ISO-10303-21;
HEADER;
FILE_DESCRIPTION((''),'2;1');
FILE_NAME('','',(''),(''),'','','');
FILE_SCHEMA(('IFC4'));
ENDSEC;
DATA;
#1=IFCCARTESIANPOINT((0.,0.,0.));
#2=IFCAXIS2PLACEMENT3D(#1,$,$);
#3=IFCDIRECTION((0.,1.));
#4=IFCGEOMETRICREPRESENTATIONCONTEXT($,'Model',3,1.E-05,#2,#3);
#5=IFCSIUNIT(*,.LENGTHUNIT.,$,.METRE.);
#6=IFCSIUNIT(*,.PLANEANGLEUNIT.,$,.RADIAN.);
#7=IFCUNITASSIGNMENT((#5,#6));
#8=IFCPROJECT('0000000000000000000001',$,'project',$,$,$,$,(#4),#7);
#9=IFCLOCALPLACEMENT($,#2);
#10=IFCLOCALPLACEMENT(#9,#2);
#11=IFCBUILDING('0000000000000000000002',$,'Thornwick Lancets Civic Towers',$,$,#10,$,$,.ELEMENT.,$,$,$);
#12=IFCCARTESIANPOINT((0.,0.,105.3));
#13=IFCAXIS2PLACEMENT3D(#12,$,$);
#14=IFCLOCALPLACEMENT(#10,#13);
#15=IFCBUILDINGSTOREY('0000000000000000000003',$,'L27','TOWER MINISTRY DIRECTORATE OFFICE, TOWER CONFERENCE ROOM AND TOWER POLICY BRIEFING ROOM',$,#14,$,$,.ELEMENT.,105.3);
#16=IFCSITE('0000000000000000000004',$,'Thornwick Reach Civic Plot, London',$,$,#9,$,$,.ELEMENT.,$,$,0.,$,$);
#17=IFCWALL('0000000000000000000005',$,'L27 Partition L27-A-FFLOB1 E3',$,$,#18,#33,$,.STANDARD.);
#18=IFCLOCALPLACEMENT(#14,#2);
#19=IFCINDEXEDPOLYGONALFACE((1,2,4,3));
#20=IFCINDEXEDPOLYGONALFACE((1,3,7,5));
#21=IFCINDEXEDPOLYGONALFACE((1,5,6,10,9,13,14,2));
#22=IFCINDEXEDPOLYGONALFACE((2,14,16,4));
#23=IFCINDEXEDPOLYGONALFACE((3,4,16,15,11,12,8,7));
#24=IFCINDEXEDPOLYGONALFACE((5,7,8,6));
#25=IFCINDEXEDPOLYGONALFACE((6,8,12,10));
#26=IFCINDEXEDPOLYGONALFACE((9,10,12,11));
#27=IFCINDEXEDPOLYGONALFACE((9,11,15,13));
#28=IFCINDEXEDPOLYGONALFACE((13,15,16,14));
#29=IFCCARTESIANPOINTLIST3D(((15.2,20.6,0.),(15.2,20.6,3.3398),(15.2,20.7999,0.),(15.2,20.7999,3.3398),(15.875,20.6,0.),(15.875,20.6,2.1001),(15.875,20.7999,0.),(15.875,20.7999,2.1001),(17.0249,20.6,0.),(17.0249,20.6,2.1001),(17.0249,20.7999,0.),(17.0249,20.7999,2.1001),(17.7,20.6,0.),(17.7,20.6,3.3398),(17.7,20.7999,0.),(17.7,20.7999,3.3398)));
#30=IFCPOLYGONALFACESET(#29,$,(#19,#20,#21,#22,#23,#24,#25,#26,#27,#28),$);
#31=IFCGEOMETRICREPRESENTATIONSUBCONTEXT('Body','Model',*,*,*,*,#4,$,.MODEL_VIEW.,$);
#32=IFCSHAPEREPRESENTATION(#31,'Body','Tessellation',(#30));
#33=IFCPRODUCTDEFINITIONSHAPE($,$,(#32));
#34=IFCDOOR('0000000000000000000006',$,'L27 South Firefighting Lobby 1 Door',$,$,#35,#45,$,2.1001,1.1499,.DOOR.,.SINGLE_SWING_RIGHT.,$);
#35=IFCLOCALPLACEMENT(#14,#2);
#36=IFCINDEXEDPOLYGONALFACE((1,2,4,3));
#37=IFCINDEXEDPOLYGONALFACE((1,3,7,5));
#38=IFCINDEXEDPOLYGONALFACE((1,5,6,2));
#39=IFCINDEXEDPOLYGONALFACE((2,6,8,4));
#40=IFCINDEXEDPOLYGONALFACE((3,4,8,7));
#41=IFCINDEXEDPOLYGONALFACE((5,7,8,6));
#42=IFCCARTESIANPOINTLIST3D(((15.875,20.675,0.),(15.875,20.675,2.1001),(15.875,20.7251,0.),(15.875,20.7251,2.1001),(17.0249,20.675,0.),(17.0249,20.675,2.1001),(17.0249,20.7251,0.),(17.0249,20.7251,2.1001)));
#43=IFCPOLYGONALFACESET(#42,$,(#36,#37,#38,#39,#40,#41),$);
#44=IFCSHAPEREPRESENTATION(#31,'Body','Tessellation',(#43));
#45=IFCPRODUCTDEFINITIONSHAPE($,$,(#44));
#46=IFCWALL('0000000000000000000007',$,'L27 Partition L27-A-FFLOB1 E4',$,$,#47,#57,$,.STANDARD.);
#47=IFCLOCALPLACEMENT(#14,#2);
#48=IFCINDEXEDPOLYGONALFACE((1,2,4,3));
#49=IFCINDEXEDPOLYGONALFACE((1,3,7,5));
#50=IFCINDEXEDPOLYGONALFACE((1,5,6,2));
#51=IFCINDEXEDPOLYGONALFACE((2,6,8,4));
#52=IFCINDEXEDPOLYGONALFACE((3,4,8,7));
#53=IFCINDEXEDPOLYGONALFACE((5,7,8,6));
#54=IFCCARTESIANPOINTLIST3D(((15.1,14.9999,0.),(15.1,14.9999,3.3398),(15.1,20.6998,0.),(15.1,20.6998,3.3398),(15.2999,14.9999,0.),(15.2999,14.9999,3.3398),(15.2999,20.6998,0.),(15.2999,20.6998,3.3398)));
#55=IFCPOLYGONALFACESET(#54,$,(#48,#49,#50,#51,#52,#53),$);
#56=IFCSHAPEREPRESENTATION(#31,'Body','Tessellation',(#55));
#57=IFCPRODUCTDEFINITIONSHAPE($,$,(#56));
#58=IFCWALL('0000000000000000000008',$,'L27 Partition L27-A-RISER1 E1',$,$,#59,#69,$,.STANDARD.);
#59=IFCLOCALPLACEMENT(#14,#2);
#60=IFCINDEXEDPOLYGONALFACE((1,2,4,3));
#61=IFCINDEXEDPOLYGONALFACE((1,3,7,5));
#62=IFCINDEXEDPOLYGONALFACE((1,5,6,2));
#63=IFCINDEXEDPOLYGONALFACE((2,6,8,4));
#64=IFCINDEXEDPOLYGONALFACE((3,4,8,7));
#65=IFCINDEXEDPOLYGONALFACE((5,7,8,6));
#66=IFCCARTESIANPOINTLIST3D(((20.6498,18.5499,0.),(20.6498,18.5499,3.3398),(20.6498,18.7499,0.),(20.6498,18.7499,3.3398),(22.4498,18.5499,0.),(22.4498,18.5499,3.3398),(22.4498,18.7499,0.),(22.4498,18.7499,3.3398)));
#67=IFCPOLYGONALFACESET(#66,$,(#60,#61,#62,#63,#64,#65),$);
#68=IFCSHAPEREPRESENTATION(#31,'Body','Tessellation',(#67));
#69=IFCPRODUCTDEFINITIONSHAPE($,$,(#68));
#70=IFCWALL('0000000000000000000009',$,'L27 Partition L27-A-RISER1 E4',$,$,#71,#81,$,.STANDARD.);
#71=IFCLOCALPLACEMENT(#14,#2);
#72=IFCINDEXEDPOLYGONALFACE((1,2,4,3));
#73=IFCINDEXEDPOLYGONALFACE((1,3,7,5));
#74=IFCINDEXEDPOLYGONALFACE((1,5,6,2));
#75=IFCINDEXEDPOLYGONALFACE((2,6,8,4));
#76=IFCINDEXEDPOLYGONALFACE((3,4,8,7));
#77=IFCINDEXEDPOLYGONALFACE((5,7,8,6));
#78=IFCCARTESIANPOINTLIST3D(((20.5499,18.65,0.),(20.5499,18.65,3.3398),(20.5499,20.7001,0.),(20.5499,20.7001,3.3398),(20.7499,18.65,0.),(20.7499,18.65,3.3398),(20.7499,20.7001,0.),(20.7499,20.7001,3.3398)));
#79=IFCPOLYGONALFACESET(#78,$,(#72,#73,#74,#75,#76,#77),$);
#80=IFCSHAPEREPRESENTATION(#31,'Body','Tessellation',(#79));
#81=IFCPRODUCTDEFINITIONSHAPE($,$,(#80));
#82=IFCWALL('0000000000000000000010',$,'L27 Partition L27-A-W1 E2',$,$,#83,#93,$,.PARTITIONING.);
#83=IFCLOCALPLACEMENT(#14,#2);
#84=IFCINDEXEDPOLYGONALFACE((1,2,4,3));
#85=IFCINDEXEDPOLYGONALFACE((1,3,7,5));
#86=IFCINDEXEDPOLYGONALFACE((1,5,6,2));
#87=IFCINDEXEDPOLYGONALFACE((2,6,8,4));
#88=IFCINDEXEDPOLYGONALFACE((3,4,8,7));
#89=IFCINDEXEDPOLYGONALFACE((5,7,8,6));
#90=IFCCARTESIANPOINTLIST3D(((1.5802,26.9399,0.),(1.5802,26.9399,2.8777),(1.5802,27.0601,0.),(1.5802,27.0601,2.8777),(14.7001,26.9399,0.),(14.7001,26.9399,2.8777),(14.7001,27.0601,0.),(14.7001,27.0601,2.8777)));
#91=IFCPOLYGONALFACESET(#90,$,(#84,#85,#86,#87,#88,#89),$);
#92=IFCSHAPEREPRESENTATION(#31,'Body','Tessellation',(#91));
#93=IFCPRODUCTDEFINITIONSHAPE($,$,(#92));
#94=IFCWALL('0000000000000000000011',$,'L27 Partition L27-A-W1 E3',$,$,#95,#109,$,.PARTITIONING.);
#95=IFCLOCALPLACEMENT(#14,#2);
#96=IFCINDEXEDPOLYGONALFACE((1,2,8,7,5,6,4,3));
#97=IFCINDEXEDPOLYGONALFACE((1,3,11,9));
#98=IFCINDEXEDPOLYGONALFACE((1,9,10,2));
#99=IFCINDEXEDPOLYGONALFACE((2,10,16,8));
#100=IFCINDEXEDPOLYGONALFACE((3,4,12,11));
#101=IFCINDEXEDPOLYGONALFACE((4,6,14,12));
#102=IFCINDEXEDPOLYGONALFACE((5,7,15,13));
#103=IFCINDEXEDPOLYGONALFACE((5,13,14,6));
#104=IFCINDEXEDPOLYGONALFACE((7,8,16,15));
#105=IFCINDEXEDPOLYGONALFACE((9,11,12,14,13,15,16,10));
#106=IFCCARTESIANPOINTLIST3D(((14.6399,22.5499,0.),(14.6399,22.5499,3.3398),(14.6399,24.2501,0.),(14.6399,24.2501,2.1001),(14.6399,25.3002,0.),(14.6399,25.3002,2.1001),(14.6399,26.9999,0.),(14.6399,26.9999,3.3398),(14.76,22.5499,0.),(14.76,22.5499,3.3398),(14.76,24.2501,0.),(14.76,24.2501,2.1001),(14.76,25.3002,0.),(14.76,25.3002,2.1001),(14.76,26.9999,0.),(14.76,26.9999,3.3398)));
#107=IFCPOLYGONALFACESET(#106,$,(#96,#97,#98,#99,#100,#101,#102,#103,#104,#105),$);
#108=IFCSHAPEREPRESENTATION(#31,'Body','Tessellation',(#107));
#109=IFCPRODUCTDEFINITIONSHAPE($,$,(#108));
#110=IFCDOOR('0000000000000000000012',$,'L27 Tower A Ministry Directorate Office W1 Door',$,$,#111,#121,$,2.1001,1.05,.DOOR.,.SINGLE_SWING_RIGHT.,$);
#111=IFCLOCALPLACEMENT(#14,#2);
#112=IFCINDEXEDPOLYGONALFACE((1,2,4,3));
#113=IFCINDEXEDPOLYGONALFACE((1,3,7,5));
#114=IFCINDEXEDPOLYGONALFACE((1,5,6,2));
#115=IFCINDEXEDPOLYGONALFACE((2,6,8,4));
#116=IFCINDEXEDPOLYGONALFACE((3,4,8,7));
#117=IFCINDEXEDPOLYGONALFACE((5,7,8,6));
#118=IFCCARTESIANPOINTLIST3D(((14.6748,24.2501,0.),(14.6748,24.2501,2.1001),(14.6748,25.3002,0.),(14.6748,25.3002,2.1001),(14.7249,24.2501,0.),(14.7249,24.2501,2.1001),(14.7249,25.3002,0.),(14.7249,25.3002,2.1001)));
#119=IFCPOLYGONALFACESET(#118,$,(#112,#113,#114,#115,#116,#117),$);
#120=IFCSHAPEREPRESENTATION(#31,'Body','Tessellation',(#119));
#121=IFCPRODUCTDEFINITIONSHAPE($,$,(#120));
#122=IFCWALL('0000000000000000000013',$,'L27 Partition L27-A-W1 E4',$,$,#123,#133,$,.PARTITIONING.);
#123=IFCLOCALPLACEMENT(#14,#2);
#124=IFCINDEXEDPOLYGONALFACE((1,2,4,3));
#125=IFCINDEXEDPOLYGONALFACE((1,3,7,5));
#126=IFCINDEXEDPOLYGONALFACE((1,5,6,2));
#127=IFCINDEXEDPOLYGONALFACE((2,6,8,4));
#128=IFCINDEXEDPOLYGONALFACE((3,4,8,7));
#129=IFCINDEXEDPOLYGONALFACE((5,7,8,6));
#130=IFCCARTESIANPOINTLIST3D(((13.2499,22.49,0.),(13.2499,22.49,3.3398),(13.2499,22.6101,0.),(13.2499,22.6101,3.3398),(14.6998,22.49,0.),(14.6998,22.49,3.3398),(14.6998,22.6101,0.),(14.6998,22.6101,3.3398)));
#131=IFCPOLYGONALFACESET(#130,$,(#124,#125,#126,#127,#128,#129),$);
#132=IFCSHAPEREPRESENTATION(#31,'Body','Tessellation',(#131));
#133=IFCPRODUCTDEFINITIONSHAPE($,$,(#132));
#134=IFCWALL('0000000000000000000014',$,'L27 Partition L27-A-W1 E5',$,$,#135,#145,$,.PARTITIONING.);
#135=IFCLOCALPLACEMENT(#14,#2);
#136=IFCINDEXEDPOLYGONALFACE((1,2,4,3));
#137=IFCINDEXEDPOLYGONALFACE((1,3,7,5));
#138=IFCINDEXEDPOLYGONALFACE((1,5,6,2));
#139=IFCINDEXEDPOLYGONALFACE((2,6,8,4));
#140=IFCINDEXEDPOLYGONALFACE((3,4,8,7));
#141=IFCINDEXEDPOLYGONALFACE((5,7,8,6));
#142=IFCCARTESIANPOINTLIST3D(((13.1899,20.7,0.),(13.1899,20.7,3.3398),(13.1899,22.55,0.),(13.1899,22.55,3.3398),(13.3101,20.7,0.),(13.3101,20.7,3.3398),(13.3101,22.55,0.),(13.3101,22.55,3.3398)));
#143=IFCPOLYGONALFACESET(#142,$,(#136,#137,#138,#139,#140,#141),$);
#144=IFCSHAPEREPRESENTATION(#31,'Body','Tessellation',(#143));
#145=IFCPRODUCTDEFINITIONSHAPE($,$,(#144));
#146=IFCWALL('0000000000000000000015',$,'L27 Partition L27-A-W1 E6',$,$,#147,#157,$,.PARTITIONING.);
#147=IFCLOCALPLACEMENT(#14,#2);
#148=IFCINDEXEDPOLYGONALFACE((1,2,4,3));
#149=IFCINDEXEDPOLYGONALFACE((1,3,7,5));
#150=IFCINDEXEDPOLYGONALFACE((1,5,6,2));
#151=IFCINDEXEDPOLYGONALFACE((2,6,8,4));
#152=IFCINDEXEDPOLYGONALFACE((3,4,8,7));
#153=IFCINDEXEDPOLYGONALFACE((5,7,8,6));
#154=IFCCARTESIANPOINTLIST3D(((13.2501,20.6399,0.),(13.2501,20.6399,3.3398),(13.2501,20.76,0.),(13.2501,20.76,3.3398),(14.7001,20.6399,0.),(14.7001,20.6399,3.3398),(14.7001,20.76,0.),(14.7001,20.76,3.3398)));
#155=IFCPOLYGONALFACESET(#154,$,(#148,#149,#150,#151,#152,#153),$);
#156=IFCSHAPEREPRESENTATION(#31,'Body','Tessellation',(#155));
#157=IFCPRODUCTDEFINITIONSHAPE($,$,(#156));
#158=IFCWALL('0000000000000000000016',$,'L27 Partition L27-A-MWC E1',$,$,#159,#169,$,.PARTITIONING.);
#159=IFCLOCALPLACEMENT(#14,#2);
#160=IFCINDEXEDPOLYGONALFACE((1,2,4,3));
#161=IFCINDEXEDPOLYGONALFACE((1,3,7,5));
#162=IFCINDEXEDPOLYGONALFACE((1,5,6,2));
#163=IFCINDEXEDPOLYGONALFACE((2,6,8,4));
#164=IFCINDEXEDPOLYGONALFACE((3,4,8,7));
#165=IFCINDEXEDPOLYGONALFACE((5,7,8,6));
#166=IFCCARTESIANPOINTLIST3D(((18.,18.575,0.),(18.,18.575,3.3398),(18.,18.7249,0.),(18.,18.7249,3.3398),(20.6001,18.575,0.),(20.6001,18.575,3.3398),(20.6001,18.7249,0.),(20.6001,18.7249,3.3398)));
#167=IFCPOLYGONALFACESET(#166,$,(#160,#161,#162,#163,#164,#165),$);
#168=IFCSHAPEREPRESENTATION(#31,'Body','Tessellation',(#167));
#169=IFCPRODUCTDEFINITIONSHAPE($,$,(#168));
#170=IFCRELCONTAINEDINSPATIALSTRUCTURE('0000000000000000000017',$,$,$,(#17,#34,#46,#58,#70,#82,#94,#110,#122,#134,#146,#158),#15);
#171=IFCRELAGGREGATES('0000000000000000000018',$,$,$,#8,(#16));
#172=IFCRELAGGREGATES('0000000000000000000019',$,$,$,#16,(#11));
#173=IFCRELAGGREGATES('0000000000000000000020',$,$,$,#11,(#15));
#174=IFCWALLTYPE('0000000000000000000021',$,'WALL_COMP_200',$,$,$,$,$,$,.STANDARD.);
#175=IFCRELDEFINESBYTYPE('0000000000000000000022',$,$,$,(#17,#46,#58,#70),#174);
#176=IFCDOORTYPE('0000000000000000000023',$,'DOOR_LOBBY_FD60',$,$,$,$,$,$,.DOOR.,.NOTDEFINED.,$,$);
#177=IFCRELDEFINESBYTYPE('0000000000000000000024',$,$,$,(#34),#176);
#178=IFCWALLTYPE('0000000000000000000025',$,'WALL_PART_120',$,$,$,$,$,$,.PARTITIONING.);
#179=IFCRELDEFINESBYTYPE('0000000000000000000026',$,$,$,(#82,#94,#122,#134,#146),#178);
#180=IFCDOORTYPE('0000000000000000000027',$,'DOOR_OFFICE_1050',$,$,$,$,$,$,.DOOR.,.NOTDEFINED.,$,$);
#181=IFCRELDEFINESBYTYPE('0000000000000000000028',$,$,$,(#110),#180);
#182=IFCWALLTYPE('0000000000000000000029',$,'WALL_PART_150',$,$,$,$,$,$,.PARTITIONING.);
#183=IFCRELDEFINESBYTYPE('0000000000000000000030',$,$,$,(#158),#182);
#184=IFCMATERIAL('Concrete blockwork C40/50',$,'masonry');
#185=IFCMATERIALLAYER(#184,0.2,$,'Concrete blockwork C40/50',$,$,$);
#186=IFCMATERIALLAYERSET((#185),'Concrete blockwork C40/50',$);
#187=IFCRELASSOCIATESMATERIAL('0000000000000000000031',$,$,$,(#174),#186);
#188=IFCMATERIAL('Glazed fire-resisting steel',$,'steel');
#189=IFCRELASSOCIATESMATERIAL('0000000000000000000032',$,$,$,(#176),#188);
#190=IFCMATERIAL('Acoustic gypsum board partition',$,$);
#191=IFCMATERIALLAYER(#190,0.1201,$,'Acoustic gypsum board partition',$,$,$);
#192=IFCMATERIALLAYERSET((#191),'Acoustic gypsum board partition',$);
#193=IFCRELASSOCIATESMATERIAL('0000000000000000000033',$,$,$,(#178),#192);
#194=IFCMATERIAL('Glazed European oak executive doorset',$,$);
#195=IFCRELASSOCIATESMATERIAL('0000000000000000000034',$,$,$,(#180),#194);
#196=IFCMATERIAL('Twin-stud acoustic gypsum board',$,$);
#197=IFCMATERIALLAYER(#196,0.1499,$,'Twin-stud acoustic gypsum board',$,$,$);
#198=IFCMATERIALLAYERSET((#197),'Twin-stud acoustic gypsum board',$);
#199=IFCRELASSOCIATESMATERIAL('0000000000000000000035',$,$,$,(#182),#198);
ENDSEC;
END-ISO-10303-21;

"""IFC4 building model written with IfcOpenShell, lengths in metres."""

from ifc_helpers import new_model, si_unit, direction, frame, frame_2d, origin, place, context, subcontext, project, spatial, rectangle, extrude, material, layer, layer_set, type_object, element, fill, save


model = new_model("IFC4")

# Units and contexts
model_context = context("Model", 3, precision=1e-05, world=origin(), true_north=direction((0.0, 1.0)))
body_context = subcontext(model_context, "Body", "Model", "MODEL_VIEW")
ifc_project = project(units=[si_unit("LENGTHUNIT", "METRE"), si_unit("PLANEANGLEUNIT", "RADIAN")], contexts=[model_context])

# Site, building, storey
site_placement = place(None, origin())
site = spatial("IfcSite", under=ifc_project, at=site_placement, Name="Thornwick Reach Civic Plot, London", CompositionType="ELEMENT", RefElevation=0.0)
building_placement = place(site_placement, origin())
building = spatial("IfcBuilding", under=site, at=building_placement, Name="Thornwick Lancets Civic Towers", CompositionType="ELEMENT")
storey_placement = place(building_placement, frame((0.0, 0.0, 105.3)))
storey = spatial("IfcBuildingStorey", under=building, at=storey_placement, Name="L27", Description="TOWER MINISTRY DIRECTORATE OFFICE, TOWER CONFERENCE ROOM AND TOWER POLICY BRIEFING ROOM", CompositionType="ELEMENT", Elevation=105.3)

# Shared definitions
ifc_material_1 = material(Name="Concrete blockwork C40/50", Category="masonry")
ifc_layer_1 = layer(ifc_material_1, 0.2, Name="Concrete blockwork C40/50")
ifc_layer_set_1 = layer_set([ifc_layer_1], Name="Concrete blockwork C40/50")
wall_type_1 = type_object("IfcWallType", Name="WALL_COMP_200", PredefinedType="STANDARD", material=ifc_layer_set_1)

# Wall, opening, door
wall_1_placement = place(storey_placement, frame((17.7, 20.7, 0.0), z_axis=(0.0, 0.0, 1.0), x_axis=(-1.0, 0.0, 0.0)))
wall_1 = element("IfcWall", 1, at=wall_1_placement, inside=storey, type_object=wall_type_1, Name="L27 Partition L27-A-FFLOB1 E3", PredefinedType="STANDARD", context=body_context, shape_type="SweptSolid", body=[
    extrude(rectangle(XDim=2.5, YDim=0.2, at=frame_2d((1.25, 0.0))), origin(), (0.0, 0.0, 1.0), 3.3398),
])
opening_1_placement = place(wall_1_placement, frame((0.675, 0.0, 0.0)))
opening_1 = element("IfcOpeningElement", 2, at=opening_1_placement, cuts=wall_1, PredefinedType="OPENING", context=body_context, shape_type="SweptSolid", body=[
    extrude(rectangle(XDim=1.1499, YDim=2.1001, at=frame_2d((0.575, 1.05))), frame((0.0, 0.1099, 0.0), z_axis=(0.0, -1.0, 0.0), x_axis=(1.0, 0.0, 0.0)), (0.0, 0.0, 1.0), 0.22),
])
ifc_material_2 = material(Name="Glazed fire-resisting steel", Category="steel")
door_type_1 = type_object("IfcDoorType", Name="DOOR_LOBBY_FD60", OperationType="NOTDEFINED", PredefinedType="DOOR", material=ifc_material_2)
door_1_placement = place(opening_1_placement, origin())
door_1 = element("IfcDoor", 3, at=door_1_placement, inside=storey, type_object=door_type_1, Name="L27 South Firefighting Lobby 1 Door", OperationType="SINGLE_SWING_RIGHT", OverallHeight=2.1001, OverallWidth=1.1499, PredefinedType="DOOR", context=body_context, shape_type="SweptSolid", body=[
    extrude(rectangle(XDim=1.1499, YDim=2.1001, at=frame_2d((0.575, 1.05))), frame((0.0, 0.0249, 0.0), z_axis=(0.0, -1.0, 0.0), x_axis=(1.0, 0.0, 0.0)), (0.0, 0.0, 1.0), 0.05),
])
fill(opening_1, door_1)

# Walls
wall_2_placement = place(storey_placement, frame((15.2, 20.7, 0.0), z_axis=(0.0, 0.0, 1.0), x_axis=(0.0, -1.0, 0.0)))
element("IfcWall", 4, at=wall_2_placement, inside=storey, type_object=wall_type_1, Name="L27 Partition L27-A-FFLOB1 E4", PredefinedType="STANDARD", context=body_context, shape_type="SweptSolid", body=[
    extrude(rectangle(XDim=5.7, YDim=0.2, at=frame_2d((2.8501, 0.0))), origin(), (0.0, 0.0, 1.0), 3.3398),
])
wall_3_placement = place(storey_placement, frame((20.6499, 18.6499, 0.0), z_axis=(0.0, 0.0, 1.0), x_axis=(1.0, 0.0, 0.0)))
element("IfcWall", 5, at=wall_3_placement, inside=storey, type_object=wall_type_1, Name="L27 Partition L27-A-RISER1 E1", PredefinedType="STANDARD", context=body_context, shape_type="SweptSolid", body=[
    extrude(rectangle(XDim=1.8, YDim=0.2, at=frame_2d((0.8999, 0.0))), origin(), (0.0, 0.0, 1.0), 3.3398),
])
wall_4_placement = place(storey_placement, frame((20.6499, 20.7, 0.0), z_axis=(0.0, 0.0, 1.0), x_axis=(0.0, -1.0, 0.0)))
element("IfcWall", 6, at=wall_4_placement, inside=storey, type_object=wall_type_1, Name="L27 Partition L27-A-RISER1 E4", PredefinedType="STANDARD", context=body_context, shape_type="SweptSolid", body=[
    extrude(rectangle(XDim=2.05, YDim=0.2, at=frame_2d((1.0249, 0.0))), origin(), (0.0, 0.0, 1.0), 3.3398),
])
ifc_material_3 = material(Name="Acoustic gypsum board partition")
ifc_layer_2 = layer(ifc_material_3, 0.1201, Name="Acoustic gypsum board partition")
ifc_layer_set_2 = layer_set([ifc_layer_2], Name="Acoustic gypsum board partition")
wall_type_2 = type_object("IfcWallType", Name="WALL_PART_120", PredefinedType="PARTITIONING", material=ifc_layer_set_2)
wall_5_placement = place(storey_placement, frame((1.5801, 27.0, 0.0), z_axis=(0.0, 0.0, 1.0), x_axis=(1.0, 0.0, 0.0)))
element("IfcWall", 7, at=wall_5_placement, inside=storey, type_object=wall_type_2, Name="L27 Partition L27-A-W1 E2", PredefinedType="PARTITIONING", context=body_context, shape_type="SweptSolid", body=[
    extrude(rectangle(XDim=13.1199, YDim=0.1201, at=frame_2d((6.5601, 0.0))), origin(), (0.0, 0.0, 1.0), 2.8777),
])

# Wall, opening, door
wall_6_placement = place(storey_placement, frame((14.7, 27.0, 0.0), z_axis=(0.0, 0.0, 1.0), x_axis=(0.0, -1.0, 0.0)))
wall_6 = element("IfcWall", 8, at=wall_6_placement, inside=storey, type_object=wall_type_2, Name="L27 Partition L27-A-W1 E3", PredefinedType="PARTITIONING", context=body_context, shape_type="SweptSolid", body=[
    extrude(rectangle(XDim=4.45, YDim=0.1201, at=frame_2d((2.2251, 0.0))), origin(), (0.0, 0.0, 1.0), 3.3398),
])
opening_2_placement = place(wall_6_placement, frame((1.7, 0.0, 0.0)))
opening_2 = element("IfcOpeningElement", 9, at=opening_2_placement, cuts=wall_6, PredefinedType="OPENING", context=body_context, shape_type="SweptSolid", body=[
    extrude(rectangle(XDim=1.05, YDim=2.1001, at=frame_2d((0.5249, 1.05))), frame((0.0, 0.0701, 0.0), z_axis=(0.0, -1.0, 0.0), x_axis=(1.0, 0.0, 0.0)), (0.0, 0.0, 1.0), 0.1401),
])
ifc_material_4 = material(Name="Glazed European oak executive doorset")
door_type_2 = type_object("IfcDoorType", Name="DOOR_OFFICE_1050", OperationType="NOTDEFINED", PredefinedType="DOOR", material=ifc_material_4)
door_2_placement = place(opening_2_placement, origin())
door_2 = element("IfcDoor", 10, at=door_2_placement, inside=storey, type_object=door_type_2, Name="L27 Tower A Ministry Directorate Office W1 Door", OperationType="SINGLE_SWING_RIGHT", OverallHeight=2.1001, OverallWidth=1.05, PredefinedType="DOOR", context=body_context, shape_type="SweptSolid", body=[
    extrude(rectangle(XDim=1.05, YDim=2.1001, at=frame_2d((0.5249, 1.05))), frame((0.0, 0.0249, 0.0), z_axis=(0.0, -1.0, 0.0), x_axis=(1.0, 0.0, 0.0)), (0.0, 0.0, 1.0), 0.05),
])
fill(opening_2, door_2)

# Walls
wall_7_placement = place(storey_placement, frame((14.7, 22.55, 0.0), z_axis=(0.0, 0.0, 1.0), x_axis=(-1.0, 0.0, 0.0)))
element("IfcWall", 11, at=wall_7_placement, inside=storey, type_object=wall_type_2, Name="L27 Partition L27-A-W1 E4", PredefinedType="PARTITIONING", context=body_context, shape_type="SweptSolid", body=[
    extrude(rectangle(XDim=1.45, YDim=0.1201, at=frame_2d((0.7251, 0.0))), origin(), (0.0, 0.0, 1.0), 3.3398),
])
wall_8_placement = place(storey_placement, frame((13.25, 22.55, 0.0), z_axis=(0.0, 0.0, 1.0), x_axis=(0.0, -1.0, 0.0)))
element("IfcWall", 12, at=wall_8_placement, inside=storey, type_object=wall_type_2, Name="L27 Partition L27-A-W1 E5", PredefinedType="PARTITIONING", context=body_context, shape_type="SweptSolid", body=[
    extrude(rectangle(XDim=1.8501, YDim=0.1201, at=frame_2d((0.925, 0.0))), origin(), (0.0, 0.0, 1.0), 3.3398),
])
wall_9_placement = place(storey_placement, frame((13.25, 20.7, 0.0), z_axis=(0.0, 0.0, 1.0), x_axis=(1.0, 0.0, 0.0)))
element("IfcWall", 13, at=wall_9_placement, inside=storey, type_object=wall_type_2, Name="L27 Partition L27-A-W1 E6", PredefinedType="PARTITIONING", context=body_context, shape_type="SweptSolid", body=[
    extrude(rectangle(XDim=1.45, YDim=0.1201, at=frame_2d((0.7251, 0.0))), origin(), (0.0, 0.0, 1.0), 3.3398),
])
ifc_material_5 = material(Name="Twin-stud acoustic gypsum board")
ifc_layer_3 = layer(ifc_material_5, 0.1499, Name="Twin-stud acoustic gypsum board")
ifc_layer_set_3 = layer_set([ifc_layer_3], Name="Twin-stud acoustic gypsum board")
wall_type_3 = type_object("IfcWallType", Name="WALL_PART_150", PredefinedType="PARTITIONING", material=ifc_layer_set_3)
wall_10_placement = place(storey_placement, frame((18.0, 18.6499, 0.0), z_axis=(0.0, 0.0, 1.0), x_axis=(1.0, 0.0, 0.0)))
element("IfcWall", 14, at=wall_10_placement, inside=storey, type_object=wall_type_3, Name="L27 Partition L27-A-MWC E1", PredefinedType="PARTITIONING", context=body_context, shape_type="SweptSolid", body=[
    extrude(rectangle(XDim=2.6001, YDim=0.1499, at=frame_2d((1.3, 0.0))), origin(), (0.0, 0.0, 1.0), 3.3398),
])

save(model, "model.ifc")
